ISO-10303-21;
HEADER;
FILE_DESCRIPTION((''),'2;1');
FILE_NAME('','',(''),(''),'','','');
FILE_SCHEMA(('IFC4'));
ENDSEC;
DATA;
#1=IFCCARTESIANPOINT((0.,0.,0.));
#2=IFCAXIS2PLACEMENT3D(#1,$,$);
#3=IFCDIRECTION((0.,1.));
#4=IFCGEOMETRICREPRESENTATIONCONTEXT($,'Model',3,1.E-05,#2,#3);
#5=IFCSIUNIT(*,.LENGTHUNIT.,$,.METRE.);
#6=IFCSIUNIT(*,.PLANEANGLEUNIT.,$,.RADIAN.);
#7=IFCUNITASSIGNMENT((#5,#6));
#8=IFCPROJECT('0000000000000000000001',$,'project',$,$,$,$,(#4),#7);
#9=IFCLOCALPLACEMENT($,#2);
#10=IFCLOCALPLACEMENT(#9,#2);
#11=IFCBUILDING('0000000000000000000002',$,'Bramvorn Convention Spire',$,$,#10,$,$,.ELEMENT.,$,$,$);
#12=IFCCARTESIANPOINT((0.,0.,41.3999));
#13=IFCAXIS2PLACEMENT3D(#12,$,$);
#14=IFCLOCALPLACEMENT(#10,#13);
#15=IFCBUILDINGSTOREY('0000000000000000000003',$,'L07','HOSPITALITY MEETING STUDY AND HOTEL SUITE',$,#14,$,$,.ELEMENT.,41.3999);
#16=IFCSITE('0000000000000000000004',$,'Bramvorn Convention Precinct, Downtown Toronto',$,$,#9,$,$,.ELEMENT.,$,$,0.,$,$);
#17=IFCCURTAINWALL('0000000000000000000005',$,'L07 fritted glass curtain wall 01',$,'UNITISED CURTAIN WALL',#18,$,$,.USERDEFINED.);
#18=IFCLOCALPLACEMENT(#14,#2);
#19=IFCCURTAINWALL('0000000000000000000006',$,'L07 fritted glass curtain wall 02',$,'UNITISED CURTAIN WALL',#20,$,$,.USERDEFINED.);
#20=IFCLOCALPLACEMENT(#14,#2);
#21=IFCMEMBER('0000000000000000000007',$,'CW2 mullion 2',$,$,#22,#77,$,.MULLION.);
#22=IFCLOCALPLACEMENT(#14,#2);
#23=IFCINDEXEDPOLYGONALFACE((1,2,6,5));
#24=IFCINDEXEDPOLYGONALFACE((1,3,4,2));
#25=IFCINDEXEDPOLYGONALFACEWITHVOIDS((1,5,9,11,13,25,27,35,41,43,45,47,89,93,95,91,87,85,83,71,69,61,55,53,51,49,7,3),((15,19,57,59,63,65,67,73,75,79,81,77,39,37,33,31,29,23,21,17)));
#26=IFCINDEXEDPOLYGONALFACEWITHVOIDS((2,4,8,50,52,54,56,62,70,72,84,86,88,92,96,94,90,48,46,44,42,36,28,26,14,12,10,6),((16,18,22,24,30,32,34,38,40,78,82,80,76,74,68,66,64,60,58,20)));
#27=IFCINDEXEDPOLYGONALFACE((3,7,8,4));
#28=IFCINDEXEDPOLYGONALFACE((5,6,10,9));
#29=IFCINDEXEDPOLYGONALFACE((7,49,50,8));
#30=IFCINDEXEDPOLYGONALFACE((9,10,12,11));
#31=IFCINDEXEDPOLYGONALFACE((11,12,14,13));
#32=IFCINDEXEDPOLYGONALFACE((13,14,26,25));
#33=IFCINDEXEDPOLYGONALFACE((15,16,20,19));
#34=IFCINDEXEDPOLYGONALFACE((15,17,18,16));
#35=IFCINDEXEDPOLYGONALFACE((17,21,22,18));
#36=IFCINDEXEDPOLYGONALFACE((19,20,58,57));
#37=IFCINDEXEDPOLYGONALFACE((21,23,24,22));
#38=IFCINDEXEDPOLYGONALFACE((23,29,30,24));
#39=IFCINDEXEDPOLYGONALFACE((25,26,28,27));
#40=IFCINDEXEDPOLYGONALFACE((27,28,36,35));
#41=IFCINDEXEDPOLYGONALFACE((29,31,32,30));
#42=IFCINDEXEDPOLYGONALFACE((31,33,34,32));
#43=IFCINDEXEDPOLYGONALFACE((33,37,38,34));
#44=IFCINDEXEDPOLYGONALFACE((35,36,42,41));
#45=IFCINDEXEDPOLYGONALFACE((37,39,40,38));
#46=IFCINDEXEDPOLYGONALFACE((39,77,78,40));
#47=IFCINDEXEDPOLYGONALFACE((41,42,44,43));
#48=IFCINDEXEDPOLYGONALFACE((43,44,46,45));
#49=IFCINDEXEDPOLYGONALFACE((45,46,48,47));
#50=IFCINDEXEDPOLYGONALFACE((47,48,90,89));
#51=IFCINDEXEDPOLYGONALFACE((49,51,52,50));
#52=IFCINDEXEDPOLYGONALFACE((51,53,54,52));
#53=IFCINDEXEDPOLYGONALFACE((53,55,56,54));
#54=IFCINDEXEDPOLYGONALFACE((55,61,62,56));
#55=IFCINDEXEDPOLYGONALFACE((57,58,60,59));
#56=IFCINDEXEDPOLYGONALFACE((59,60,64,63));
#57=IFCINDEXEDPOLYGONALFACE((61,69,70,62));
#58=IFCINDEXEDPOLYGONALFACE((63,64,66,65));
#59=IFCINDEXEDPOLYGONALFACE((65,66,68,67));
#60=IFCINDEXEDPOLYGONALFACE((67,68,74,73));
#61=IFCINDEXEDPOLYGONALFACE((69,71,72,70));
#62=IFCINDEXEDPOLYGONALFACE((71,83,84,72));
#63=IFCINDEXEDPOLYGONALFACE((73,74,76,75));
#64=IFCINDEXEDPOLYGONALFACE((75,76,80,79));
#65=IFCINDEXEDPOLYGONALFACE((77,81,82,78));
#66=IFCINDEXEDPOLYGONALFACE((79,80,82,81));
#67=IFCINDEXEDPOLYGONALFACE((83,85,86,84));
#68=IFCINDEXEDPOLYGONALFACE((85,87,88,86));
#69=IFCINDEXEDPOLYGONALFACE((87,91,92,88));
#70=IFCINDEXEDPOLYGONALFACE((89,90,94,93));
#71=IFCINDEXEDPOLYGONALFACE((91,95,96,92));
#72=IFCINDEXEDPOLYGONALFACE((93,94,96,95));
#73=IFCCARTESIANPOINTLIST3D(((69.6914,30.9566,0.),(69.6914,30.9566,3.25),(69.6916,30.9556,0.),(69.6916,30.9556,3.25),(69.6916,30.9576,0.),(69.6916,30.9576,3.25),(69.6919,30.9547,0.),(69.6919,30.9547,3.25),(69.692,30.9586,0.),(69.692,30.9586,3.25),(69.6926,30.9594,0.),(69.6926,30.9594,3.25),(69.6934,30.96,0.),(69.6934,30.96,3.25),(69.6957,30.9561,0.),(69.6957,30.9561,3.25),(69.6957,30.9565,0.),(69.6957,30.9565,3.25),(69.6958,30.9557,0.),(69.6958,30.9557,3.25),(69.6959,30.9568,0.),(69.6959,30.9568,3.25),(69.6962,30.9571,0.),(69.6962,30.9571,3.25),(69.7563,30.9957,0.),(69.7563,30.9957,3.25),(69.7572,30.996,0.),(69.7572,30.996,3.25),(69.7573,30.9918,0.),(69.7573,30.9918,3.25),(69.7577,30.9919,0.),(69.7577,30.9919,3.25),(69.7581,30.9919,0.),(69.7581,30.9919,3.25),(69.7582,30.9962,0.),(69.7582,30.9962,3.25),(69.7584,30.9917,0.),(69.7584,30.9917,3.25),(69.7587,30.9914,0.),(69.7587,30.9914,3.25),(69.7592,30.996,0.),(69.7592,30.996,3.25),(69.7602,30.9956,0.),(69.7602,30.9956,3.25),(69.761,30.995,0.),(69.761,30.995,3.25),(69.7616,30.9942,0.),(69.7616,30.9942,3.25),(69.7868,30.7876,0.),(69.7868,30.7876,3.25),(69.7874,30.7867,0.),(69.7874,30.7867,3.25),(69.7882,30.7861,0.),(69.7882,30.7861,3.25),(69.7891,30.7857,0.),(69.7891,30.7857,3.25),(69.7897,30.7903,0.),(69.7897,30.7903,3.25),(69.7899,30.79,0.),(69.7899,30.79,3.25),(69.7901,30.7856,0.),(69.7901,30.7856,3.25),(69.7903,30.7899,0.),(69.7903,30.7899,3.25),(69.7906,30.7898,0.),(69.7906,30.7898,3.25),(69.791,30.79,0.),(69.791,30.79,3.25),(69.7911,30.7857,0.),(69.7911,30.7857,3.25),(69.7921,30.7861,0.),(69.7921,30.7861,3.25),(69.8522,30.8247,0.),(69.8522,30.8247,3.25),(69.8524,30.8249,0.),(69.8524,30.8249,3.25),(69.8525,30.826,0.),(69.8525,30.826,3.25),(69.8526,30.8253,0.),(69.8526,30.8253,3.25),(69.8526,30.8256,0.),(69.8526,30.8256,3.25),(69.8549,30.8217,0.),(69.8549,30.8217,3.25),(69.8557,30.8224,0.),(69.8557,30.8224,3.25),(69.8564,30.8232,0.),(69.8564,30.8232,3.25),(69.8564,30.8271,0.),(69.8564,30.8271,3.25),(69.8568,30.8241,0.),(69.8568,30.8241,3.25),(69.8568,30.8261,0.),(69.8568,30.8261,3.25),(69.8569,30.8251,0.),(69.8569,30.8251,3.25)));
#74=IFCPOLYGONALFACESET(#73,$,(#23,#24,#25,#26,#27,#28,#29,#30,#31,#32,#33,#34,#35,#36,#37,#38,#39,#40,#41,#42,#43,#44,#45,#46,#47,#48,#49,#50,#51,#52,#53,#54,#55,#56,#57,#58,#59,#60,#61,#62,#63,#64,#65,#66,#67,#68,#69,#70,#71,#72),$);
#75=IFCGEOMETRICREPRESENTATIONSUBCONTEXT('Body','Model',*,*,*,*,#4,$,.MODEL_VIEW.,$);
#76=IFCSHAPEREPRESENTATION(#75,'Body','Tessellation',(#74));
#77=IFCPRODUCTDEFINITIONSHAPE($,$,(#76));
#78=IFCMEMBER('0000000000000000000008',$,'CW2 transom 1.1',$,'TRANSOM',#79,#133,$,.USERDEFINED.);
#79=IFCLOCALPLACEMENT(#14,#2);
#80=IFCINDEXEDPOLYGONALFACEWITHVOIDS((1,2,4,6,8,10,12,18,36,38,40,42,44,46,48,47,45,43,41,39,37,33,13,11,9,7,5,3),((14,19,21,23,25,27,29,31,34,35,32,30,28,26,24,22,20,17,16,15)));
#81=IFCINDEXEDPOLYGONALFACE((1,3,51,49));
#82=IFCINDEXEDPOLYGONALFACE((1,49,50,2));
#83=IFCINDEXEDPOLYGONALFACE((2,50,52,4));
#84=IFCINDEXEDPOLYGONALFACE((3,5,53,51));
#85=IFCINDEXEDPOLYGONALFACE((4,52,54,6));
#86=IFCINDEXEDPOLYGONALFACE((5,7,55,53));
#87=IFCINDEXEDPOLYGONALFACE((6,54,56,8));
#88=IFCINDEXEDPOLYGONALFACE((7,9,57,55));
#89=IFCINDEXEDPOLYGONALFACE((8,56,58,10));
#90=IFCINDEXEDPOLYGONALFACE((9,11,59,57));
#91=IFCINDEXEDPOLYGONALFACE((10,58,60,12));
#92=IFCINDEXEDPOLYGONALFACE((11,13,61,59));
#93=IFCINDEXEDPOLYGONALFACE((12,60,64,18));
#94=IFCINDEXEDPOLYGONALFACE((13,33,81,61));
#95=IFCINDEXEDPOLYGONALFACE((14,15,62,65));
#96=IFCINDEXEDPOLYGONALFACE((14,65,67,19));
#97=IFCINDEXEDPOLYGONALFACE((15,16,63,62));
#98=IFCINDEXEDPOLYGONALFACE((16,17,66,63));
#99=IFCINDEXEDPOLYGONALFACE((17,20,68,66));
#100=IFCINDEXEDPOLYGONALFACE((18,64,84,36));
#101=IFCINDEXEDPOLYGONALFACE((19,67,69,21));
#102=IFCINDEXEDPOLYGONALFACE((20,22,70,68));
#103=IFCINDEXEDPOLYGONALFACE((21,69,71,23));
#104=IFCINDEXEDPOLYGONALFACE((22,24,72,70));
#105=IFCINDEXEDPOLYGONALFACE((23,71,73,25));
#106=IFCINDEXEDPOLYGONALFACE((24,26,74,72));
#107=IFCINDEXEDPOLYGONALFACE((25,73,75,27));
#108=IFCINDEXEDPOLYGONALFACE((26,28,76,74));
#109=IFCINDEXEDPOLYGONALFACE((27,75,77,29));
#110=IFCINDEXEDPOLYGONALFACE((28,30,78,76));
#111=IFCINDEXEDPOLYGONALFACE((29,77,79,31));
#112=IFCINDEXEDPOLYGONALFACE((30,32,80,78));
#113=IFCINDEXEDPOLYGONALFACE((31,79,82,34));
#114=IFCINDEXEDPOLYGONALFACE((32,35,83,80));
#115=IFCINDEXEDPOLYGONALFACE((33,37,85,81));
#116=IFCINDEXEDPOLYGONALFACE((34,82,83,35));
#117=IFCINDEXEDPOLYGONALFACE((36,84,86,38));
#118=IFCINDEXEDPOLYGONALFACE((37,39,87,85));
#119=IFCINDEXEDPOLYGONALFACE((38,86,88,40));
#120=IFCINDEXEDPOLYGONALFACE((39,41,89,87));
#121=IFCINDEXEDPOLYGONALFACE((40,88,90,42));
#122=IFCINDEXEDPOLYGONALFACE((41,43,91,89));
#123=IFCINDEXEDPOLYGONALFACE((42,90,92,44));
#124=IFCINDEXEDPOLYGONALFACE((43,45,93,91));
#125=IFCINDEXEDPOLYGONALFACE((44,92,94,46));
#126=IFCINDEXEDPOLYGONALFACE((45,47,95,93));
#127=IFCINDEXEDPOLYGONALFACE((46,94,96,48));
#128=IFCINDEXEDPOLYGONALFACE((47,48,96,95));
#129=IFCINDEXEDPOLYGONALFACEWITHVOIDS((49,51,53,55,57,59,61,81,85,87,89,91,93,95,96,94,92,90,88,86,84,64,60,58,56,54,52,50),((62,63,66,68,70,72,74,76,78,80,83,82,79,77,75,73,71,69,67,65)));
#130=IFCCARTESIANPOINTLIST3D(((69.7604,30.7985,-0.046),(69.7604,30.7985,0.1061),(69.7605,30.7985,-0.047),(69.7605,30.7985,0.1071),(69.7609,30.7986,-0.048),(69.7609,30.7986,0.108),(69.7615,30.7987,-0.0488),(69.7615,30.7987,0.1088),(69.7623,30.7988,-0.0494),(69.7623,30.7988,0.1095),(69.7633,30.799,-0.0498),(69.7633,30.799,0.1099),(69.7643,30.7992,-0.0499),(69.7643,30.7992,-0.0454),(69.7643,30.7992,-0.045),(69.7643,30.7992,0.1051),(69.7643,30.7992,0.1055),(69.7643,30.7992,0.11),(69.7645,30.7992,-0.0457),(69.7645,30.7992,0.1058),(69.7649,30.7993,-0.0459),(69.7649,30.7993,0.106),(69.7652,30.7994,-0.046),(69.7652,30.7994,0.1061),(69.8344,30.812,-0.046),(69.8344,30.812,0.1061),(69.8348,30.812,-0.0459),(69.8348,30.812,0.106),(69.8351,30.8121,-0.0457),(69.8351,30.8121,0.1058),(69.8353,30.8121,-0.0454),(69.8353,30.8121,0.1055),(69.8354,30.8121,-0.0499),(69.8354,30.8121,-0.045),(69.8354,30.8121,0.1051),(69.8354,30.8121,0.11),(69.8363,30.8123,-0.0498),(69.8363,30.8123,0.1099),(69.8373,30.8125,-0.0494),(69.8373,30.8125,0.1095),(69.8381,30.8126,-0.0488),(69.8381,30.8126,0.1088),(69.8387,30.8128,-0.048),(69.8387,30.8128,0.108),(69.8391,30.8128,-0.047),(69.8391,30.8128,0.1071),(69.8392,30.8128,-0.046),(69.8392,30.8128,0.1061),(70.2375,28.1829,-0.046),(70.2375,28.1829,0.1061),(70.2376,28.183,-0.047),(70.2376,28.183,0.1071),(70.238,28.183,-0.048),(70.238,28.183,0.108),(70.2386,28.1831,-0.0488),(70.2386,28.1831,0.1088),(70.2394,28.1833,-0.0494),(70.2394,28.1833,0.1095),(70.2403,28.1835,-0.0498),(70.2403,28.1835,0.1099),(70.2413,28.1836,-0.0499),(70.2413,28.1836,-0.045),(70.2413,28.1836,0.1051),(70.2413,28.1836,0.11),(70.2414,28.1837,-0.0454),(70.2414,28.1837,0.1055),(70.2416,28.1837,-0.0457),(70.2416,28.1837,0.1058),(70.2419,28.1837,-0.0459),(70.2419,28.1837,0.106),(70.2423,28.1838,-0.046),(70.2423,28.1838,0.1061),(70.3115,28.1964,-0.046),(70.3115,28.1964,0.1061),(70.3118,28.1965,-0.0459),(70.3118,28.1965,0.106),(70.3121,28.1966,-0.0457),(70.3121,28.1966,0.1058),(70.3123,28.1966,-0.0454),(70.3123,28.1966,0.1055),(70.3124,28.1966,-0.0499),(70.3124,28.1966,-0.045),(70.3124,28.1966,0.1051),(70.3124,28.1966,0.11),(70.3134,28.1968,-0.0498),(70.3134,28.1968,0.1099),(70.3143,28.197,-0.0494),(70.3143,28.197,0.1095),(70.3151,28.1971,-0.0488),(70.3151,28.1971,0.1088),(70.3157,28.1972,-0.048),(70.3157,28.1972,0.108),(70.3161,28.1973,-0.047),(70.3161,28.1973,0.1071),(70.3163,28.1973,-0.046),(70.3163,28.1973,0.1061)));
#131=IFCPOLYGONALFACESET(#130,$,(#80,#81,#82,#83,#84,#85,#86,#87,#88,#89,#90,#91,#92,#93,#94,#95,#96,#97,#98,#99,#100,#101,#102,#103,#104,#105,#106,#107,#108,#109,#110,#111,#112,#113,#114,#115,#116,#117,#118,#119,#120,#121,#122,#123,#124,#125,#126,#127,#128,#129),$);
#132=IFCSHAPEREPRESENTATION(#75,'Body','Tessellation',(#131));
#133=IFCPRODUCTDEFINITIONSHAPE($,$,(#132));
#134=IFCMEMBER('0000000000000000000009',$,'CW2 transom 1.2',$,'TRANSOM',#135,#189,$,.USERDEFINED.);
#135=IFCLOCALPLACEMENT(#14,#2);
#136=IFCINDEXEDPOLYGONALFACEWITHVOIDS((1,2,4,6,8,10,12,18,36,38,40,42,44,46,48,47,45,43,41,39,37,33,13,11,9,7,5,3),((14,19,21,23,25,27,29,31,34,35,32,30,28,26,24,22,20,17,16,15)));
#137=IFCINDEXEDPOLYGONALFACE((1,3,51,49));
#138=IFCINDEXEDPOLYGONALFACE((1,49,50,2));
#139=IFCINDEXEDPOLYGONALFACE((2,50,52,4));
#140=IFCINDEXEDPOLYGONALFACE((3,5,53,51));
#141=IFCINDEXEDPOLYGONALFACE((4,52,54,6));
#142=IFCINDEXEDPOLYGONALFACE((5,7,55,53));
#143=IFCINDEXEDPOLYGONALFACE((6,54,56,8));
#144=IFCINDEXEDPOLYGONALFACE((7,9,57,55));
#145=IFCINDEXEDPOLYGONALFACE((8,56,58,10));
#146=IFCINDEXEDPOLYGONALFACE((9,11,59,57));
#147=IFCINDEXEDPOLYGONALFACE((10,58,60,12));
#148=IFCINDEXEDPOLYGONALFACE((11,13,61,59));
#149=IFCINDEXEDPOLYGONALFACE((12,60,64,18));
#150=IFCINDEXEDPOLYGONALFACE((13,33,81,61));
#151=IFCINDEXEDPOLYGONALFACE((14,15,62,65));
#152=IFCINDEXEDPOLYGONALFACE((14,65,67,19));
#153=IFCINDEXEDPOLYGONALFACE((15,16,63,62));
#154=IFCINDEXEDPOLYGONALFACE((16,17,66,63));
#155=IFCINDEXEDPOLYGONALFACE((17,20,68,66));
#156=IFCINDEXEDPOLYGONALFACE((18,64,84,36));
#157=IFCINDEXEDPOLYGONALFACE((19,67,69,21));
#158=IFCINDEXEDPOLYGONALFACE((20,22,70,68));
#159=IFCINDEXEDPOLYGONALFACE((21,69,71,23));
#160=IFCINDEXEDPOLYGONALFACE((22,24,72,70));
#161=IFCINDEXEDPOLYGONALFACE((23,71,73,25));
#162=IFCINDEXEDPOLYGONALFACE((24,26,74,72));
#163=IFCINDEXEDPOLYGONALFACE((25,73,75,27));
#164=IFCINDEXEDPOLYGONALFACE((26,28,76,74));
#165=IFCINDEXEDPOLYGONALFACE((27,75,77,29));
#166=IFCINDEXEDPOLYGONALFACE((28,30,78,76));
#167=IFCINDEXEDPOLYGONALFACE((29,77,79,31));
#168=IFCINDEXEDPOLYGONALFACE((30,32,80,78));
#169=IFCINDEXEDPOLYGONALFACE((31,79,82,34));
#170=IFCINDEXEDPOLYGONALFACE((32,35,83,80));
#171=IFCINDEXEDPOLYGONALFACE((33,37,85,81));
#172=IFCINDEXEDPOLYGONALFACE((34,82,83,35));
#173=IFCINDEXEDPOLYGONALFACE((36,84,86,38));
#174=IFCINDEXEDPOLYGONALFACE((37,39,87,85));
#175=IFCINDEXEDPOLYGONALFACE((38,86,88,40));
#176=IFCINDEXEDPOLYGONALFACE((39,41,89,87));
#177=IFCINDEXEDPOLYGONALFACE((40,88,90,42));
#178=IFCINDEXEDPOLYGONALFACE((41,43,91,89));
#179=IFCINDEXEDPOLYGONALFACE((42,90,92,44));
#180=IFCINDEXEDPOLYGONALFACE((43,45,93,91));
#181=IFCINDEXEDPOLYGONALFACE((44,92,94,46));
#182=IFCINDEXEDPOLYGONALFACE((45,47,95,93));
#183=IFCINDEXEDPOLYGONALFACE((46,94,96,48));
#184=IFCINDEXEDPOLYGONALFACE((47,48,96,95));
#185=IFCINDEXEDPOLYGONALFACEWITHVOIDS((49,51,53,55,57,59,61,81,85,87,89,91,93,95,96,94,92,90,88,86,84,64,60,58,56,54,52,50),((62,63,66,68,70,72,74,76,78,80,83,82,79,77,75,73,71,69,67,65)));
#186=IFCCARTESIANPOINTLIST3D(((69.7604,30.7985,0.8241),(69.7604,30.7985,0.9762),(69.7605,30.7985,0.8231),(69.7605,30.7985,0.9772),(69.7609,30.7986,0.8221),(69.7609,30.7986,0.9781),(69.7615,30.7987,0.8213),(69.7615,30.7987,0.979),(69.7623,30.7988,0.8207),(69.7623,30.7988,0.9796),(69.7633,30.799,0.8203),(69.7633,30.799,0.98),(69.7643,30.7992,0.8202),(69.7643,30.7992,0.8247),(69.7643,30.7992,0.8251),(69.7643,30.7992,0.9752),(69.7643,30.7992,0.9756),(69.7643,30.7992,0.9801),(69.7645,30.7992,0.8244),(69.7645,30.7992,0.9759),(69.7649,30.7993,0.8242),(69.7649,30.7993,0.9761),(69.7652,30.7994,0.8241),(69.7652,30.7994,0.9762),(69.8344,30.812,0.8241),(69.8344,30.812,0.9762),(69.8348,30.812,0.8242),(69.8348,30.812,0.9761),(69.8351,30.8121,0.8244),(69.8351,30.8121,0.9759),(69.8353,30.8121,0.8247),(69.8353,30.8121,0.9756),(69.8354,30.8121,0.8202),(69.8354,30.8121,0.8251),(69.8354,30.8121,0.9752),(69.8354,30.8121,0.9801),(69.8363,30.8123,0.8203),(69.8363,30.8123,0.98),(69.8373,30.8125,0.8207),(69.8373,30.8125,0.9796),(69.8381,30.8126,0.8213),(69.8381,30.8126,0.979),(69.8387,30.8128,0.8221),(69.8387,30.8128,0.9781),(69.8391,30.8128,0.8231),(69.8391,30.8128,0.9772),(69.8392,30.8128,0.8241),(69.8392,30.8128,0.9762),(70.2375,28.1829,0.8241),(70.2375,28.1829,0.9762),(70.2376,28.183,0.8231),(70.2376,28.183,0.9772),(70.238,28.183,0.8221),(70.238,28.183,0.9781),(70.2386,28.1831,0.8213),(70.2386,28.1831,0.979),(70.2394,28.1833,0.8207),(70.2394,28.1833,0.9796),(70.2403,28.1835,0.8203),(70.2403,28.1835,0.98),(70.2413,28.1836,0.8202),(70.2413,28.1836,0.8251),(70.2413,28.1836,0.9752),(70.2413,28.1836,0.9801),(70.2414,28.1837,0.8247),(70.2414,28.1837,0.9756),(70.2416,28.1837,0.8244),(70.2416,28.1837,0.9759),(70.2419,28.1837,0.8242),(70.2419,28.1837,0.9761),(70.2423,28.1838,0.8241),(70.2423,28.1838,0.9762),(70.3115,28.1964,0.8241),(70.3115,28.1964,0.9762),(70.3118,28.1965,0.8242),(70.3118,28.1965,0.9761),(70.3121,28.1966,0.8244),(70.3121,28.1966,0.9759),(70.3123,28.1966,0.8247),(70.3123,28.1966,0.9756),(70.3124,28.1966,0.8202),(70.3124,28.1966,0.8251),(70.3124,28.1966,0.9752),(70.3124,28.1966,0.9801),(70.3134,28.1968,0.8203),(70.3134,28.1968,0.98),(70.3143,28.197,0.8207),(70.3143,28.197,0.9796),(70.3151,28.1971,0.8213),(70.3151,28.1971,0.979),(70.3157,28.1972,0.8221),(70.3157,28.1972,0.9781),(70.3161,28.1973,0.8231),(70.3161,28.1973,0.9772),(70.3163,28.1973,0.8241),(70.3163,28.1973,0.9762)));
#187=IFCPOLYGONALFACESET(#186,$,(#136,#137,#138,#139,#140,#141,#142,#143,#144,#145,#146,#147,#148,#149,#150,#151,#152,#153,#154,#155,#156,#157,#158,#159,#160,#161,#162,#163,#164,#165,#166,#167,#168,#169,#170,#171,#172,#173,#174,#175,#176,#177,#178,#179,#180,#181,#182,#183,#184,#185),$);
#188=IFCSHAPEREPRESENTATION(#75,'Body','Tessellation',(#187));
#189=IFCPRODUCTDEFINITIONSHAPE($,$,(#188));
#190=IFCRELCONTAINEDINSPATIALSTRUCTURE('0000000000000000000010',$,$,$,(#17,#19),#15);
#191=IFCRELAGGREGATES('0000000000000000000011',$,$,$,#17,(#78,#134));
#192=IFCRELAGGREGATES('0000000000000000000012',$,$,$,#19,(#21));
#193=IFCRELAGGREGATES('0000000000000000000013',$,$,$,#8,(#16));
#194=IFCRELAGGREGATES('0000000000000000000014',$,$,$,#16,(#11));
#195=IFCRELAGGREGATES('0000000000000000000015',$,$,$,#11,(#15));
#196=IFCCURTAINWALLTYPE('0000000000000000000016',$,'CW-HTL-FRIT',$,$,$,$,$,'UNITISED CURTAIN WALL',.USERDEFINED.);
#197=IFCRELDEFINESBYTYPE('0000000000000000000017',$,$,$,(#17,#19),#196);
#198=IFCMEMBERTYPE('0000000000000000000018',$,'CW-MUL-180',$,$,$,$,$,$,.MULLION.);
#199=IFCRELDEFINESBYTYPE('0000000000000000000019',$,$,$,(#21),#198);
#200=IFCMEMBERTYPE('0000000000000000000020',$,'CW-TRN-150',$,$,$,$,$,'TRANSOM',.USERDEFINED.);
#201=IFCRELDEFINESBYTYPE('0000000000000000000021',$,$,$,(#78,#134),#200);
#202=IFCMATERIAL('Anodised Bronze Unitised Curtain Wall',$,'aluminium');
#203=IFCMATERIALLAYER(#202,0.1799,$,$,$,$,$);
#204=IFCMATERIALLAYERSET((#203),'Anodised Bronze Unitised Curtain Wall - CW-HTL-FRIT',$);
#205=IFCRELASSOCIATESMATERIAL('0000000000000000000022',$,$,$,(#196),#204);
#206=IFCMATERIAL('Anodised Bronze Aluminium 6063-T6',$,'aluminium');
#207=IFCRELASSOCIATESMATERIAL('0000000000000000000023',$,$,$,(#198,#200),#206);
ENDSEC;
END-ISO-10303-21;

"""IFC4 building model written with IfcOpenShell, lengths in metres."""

from ifc_helpers import new_model, si_unit, direction, frame, origin, origin_2d, place, context, subcontext, project, spatial, hollow_rectangle, extrude, material, layer, layer_set, material_profile, profile_set, type_object, element, aggregate, save


model = new_model("IFC4")

# Units and contexts
model_context = context("Model", 3, precision=1e-05, world=origin(), true_north=direction((0.0, 1.0)))
body_context = subcontext(model_context, "Body", "Model", "MODEL_VIEW")
ifc_project = project(units=[si_unit("LENGTHUNIT", "METRE"), si_unit("PLANEANGLEUNIT", "RADIAN")], contexts=[model_context])

# Site, building, storey
site_placement = place(None, origin())
site = spatial("IfcSite", under=ifc_project, at=site_placement, Name="Bramvorn Convention Precinct, Downtown Toronto", CompositionType="ELEMENT", RefElevation=0.0)
building_placement = place(site_placement, origin())
building = spatial("IfcBuilding", under=site, at=building_placement, Name="Bramvorn Convention Spire", CompositionType="ELEMENT")
storey_placement = place(building_placement, frame((0.0, 0.0, 41.3999)))
storey = spatial("IfcBuildingStorey", under=building, at=storey_placement, Name="L07", Description="HOSPITALITY MEETING STUDY AND HOTEL SUITE", CompositionType="ELEMENT", Elevation=41.3999)

# Curtain walls, member
ifc_material_1 = material(Name="Anodised Bronze Unitised Curtain Wall", Category="aluminium")
ifc_layer_1 = layer(ifc_material_1, 0.1799)
ifc_layer_set_1 = layer_set([ifc_layer_1], Name="Anodised Bronze Unitised Curtain Wall - CW-HTL-FRIT")
curtain_wall_type = type_object("IfcCurtainWallType", Name="CW-HTL-FRIT", ElementType="UNITISED CURTAIN WALL", PredefinedType="USERDEFINED", material=ifc_layer_set_1)
curtain_wall_1_placement = place(storey_placement, origin())
curtain_wall_1 = element("IfcCurtainWall", 1, at=curtain_wall_1_placement, inside=storey, type_object=curtain_wall_type, Name="L07 fritted glass curtain wall 01", ObjectType="UNITISED CURTAIN WALL", PredefinedType="USERDEFINED")
ifc_material_2 = material(Name="Anodised Bronze Aluminium 6063-T6", Category="aluminium")
ifc_material_profile_1 = material_profile(ifc_material_2, hollow_rectangle(XDim=0.0801, YDim=0.2, WallThickness=0.0039, InnerFilletRadius=0.001, OuterFilletRadius=0.0039, at=origin_2d()))
ifc_profile_set_1 = profile_set([ifc_material_profile_1], Name="Anodised Bronze Aluminium 6063-T6 - CWM80X200")
member_type_1 = type_object("IfcMemberType", Name="CW-MUL-180", PredefinedType="MULLION", material=ifc_profile_set_1)
curtain_wall_2_placement = place(storey_placement, origin())
curtain_wall_2 = element("IfcCurtainWall", 2, at=curtain_wall_2_placement, inside=storey, type_object=curtain_wall_type, Name="L07 fritted glass curtain wall 02", ObjectType="UNITISED CURTAIN WALL", PredefinedType="USERDEFINED")
member_1_placement = place(storey_placement, frame((69.7742, 30.8909, 0.0), z_axis=(0.0, 0.0, 1.0), x_axis=(0.869742, 0.493507, 0.0)))
member_1 = element("IfcMember", 3, at=member_1_placement, type_object=member_type_1, Name="CW2 mullion 2", PredefinedType="MULLION", context=body_context, shape_type="SweptSolid", body=[
    extrude(hollow_rectangle(XDim=0.0801, YDim=0.2, WallThickness=0.0039, InnerFilletRadius=0.001, OuterFilletRadius=0.0039, at=origin_2d()), origin(), (0.0, 0.0, 1.0), 3.25),
])

# Members
ifc_material_profile_2 = material_profile(ifc_material_2, hollow_rectangle(XDim=0.0801, YDim=0.1599, WallThickness=0.0039, InnerFilletRadius=0.001, OuterFilletRadius=0.0039, at=origin_2d()))
ifc_profile_set_2 = profile_set([ifc_material_profile_2], Name="Anodised Bronze Aluminium 6063-T6 - CWT80X160")
member_type_2 = type_object("IfcMemberType", Name="CW-TRN-150", ElementType="TRANSOM", PredefinedType="USERDEFINED", material=ifc_profile_set_2)
member_2_placement = place(storey_placement, frame((69.7998, 30.8057, 0.03), z_axis=(0.179435, -0.98377, 0.0), x_axis=(0.98377, 0.179435, 0.0)))
member_2 = element("IfcMember", 4, at=member_2_placement, type_object=member_type_2, Name="CW2 transom 1.1", ObjectType="TRANSOM", PredefinedType="USERDEFINED", context=body_context, shape_type="SweptSolid", body=[
    extrude(hollow_rectangle(XDim=0.0801, YDim=0.1599, WallThickness=0.0039, InnerFilletRadius=0.001, OuterFilletRadius=0.0039, at=origin_2d()), origin(), (0.0, 0.0, 1.0), 2.6587),
])
member_3_placement = place(storey_placement, frame((69.7998, 30.8057, 0.9001), z_axis=(0.179435, -0.98377, 0.0), x_axis=(0.98377, 0.179435, 0.0)))
member_3 = element("IfcMember", 5, at=member_3_placement, type_object=member_type_2, Name="CW2 transom 1.2", ObjectType="TRANSOM", PredefinedType="USERDEFINED", context=body_context, shape_type="SweptSolid", body=[
    extrude(hollow_rectangle(XDim=0.0801, YDim=0.1599, WallThickness=0.0039, InnerFilletRadius=0.001, OuterFilletRadius=0.0039, at=origin_2d()), origin(), (0.0, 0.0, 1.0), 2.6587),
])

aggregate(curtain_wall_1, [member_2, member_3])
aggregate(curtain_wall_2, [member_1])

save(model, "model.ifc")
